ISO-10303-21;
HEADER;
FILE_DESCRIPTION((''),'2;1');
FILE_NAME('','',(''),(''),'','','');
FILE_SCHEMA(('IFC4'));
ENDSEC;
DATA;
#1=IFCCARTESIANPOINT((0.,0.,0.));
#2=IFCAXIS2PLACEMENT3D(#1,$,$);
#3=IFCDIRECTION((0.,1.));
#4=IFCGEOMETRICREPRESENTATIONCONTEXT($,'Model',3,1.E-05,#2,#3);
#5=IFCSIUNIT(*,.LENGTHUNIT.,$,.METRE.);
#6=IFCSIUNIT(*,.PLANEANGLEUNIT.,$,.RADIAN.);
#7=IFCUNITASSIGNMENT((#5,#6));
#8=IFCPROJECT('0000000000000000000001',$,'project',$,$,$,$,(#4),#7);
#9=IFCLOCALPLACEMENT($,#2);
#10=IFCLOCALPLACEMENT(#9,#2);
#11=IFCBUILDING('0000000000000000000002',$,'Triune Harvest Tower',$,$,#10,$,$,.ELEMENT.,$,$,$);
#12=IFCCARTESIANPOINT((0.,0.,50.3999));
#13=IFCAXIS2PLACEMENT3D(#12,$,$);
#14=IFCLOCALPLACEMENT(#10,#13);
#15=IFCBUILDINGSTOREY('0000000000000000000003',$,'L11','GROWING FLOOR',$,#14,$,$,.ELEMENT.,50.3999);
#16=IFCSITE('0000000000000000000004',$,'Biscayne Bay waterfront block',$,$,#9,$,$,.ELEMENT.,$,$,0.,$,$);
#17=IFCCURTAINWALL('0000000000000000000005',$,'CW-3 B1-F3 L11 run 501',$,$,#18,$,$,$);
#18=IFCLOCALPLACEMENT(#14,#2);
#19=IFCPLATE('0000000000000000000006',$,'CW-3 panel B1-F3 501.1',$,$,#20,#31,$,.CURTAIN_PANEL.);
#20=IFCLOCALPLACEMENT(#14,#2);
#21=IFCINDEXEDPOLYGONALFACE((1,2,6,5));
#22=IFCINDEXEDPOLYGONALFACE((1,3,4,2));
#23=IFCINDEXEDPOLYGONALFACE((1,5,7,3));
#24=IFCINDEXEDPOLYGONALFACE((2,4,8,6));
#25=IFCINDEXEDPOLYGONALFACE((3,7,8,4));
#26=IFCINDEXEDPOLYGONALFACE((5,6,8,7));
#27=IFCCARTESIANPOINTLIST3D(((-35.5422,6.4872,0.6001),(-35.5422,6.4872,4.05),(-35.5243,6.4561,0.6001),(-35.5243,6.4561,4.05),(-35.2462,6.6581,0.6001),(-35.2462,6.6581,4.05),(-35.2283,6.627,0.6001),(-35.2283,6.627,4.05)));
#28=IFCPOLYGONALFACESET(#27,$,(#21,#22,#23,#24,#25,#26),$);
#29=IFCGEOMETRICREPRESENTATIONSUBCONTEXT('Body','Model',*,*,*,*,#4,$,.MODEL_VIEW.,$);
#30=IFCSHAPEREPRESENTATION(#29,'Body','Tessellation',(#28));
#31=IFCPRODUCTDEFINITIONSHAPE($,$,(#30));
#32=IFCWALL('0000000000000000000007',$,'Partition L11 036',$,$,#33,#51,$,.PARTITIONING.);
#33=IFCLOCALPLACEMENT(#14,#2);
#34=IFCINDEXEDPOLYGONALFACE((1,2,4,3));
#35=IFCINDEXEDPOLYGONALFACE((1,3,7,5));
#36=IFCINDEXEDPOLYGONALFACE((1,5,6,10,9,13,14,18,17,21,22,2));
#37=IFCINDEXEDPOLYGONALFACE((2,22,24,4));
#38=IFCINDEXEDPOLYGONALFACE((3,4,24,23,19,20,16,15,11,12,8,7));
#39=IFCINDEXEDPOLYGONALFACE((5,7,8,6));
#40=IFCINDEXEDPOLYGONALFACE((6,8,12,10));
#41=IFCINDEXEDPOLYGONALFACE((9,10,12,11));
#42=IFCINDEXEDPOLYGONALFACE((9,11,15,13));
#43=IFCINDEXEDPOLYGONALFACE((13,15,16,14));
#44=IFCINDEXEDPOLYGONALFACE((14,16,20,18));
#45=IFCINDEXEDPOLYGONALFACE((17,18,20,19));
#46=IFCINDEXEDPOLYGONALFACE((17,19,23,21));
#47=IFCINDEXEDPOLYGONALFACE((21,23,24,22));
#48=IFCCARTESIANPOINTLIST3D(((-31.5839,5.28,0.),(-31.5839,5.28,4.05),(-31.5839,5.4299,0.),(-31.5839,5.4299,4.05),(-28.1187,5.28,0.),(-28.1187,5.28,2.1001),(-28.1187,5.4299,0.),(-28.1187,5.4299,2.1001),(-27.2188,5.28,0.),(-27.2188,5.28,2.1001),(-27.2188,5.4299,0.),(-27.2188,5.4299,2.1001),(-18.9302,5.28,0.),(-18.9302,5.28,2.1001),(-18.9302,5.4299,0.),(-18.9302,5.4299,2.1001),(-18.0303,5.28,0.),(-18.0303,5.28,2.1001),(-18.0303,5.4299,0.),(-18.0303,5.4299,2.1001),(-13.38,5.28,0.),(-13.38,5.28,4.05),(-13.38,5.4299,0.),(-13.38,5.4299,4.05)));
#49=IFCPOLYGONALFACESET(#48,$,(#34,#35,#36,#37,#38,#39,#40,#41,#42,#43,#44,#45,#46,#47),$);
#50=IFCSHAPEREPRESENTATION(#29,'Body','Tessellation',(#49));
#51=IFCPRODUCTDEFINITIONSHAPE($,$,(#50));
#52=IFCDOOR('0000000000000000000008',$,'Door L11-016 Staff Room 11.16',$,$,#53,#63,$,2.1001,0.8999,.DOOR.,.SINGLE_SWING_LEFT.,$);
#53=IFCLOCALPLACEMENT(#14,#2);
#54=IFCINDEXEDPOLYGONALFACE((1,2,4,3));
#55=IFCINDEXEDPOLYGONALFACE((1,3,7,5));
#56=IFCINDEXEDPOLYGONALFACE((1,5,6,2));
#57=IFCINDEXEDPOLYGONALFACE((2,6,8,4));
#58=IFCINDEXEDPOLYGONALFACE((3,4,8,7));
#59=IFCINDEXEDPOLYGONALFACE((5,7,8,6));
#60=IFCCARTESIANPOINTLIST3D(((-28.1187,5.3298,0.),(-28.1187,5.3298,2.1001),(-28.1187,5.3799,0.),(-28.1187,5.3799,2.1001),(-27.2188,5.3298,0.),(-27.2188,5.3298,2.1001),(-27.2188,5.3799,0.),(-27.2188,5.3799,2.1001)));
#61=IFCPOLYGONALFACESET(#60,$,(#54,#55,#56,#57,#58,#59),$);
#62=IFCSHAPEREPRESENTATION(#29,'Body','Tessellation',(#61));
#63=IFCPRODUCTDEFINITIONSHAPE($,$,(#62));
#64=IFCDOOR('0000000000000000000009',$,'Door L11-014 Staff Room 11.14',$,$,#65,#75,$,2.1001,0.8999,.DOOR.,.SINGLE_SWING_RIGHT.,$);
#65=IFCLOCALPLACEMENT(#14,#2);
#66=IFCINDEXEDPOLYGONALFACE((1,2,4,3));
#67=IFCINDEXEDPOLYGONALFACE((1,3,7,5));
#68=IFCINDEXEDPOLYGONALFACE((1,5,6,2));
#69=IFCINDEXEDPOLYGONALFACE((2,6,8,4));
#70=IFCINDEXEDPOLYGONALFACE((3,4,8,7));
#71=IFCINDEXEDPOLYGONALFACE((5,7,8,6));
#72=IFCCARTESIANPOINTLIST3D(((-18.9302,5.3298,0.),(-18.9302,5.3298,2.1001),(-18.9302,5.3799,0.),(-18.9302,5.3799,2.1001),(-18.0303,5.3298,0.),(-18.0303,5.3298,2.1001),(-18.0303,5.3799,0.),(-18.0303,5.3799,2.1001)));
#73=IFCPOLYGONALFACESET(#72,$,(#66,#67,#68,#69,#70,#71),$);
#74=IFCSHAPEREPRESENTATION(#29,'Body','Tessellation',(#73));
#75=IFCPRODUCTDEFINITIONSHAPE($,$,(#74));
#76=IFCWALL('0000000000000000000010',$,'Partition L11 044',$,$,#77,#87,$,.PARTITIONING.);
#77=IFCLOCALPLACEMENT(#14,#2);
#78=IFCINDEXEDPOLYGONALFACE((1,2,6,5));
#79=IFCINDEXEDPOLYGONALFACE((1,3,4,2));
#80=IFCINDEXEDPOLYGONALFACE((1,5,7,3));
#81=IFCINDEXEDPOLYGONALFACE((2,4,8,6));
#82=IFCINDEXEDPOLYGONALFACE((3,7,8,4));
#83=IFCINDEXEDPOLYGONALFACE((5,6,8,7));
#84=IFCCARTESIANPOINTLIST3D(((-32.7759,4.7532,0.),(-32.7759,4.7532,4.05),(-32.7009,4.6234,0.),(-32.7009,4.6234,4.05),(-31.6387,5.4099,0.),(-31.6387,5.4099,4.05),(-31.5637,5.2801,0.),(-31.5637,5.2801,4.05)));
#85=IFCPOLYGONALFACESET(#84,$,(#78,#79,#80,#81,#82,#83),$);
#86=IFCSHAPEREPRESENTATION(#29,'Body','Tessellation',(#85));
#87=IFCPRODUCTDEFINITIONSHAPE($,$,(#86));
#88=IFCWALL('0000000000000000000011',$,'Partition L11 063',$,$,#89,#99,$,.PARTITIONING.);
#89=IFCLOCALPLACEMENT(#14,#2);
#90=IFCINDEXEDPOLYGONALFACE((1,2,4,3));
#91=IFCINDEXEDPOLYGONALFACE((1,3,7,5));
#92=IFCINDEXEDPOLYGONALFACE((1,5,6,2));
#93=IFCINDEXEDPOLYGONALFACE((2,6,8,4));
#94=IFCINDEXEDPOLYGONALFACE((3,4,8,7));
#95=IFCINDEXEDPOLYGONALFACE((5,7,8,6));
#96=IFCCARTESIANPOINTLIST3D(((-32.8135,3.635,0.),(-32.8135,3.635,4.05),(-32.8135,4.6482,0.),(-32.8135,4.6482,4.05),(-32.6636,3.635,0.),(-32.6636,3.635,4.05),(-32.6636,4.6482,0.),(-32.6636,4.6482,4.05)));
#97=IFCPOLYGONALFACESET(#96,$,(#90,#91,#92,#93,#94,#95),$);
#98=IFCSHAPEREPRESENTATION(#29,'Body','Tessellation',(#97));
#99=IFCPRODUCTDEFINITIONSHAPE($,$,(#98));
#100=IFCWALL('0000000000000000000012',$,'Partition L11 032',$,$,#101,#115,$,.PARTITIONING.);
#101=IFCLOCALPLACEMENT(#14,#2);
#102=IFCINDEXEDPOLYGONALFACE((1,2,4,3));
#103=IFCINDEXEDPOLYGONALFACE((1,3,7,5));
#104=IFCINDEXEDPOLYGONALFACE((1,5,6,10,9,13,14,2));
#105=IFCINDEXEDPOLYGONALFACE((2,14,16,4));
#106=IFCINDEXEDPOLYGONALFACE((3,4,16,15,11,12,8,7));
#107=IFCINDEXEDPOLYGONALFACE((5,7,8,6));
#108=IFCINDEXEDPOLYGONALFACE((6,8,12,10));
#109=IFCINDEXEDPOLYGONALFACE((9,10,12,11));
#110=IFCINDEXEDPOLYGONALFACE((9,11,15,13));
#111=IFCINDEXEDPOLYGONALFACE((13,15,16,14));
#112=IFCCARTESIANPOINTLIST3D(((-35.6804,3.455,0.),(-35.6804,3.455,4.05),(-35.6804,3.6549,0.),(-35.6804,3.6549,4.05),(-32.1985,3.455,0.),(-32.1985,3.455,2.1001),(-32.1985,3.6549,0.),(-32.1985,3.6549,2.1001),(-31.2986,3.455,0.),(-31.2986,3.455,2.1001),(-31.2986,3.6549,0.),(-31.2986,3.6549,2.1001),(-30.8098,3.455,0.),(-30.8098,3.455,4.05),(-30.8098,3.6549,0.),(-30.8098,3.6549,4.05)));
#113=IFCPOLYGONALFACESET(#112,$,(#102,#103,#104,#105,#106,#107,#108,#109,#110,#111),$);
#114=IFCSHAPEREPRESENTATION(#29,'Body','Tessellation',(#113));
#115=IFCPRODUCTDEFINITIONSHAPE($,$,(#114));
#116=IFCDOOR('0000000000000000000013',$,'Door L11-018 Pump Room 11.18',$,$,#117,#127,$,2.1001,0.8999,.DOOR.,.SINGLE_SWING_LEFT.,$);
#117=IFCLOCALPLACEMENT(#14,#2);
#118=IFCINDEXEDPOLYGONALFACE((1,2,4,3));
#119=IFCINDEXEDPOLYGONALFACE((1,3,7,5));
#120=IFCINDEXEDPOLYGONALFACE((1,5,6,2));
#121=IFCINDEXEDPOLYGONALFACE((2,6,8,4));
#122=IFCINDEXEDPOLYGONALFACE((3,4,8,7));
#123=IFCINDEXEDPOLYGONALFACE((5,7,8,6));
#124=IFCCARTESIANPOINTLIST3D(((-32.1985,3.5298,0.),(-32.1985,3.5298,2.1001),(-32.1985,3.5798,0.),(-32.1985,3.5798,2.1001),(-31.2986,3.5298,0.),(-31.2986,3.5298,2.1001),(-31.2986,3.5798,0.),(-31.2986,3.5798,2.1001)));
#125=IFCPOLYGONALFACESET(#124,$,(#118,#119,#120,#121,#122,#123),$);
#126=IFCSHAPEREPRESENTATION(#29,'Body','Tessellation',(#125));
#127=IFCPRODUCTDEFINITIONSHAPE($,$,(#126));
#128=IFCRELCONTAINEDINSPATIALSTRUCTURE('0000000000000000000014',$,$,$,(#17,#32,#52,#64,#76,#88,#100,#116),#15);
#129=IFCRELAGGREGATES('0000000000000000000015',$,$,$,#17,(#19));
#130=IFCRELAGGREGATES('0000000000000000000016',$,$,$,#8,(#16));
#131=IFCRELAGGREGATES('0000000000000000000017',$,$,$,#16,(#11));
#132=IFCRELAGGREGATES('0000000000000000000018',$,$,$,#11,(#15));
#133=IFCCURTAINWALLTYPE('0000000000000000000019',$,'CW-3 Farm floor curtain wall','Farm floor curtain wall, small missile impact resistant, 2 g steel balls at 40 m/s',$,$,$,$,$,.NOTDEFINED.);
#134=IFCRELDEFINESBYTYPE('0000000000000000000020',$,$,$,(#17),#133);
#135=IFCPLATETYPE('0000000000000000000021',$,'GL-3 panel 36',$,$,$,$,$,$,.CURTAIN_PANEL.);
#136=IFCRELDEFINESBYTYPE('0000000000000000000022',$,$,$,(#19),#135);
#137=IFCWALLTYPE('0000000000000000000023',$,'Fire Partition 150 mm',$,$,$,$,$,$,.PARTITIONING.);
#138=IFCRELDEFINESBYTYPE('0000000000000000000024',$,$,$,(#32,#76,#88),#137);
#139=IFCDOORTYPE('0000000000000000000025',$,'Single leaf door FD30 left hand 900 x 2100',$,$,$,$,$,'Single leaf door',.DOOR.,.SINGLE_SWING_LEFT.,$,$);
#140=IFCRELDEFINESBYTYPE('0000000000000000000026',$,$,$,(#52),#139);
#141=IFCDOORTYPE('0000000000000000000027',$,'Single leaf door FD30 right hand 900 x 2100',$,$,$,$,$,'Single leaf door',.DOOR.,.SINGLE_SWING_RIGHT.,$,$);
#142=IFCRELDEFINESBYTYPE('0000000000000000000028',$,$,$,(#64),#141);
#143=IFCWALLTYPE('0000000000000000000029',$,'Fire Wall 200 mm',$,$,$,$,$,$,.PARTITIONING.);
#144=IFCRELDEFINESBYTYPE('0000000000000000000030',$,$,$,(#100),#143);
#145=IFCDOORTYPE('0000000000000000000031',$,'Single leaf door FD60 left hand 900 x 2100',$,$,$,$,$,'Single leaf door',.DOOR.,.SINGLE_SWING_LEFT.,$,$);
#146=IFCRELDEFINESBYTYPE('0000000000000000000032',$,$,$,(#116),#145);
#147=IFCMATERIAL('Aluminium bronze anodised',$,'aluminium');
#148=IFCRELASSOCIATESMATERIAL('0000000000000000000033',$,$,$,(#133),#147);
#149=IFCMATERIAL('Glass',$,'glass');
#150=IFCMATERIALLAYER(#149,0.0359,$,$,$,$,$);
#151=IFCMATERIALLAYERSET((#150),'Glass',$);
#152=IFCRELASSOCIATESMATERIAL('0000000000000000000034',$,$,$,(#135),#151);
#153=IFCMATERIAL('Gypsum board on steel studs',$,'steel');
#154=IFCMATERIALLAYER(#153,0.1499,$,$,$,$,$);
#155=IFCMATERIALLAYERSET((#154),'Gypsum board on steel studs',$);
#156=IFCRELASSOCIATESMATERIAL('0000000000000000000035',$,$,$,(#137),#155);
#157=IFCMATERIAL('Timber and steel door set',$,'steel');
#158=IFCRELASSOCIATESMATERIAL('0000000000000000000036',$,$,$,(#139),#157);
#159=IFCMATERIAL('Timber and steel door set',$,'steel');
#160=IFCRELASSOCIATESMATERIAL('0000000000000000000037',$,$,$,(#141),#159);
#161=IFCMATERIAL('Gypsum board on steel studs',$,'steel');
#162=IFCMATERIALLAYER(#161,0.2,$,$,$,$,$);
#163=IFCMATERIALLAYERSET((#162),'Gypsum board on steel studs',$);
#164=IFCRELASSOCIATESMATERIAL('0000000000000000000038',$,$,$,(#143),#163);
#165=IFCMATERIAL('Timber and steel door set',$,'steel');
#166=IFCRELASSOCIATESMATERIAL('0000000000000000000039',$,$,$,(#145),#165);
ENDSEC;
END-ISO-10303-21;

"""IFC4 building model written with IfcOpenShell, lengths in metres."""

from ifc_helpers import new_model, si_unit, direction, frame, frame_2d, origin, origin_2d, place, context, subcontext, project, spatial, rectangle, extrude, source, transform, mapped, material, layer, layer_set, type_object, element, fill, aggregate, save


model = new_model("IFC4")

# Units and contexts
model_context = context("Model", 3, precision=1e-05, world=origin(), true_north=direction((0.0, 1.0)))
body_context = subcontext(model_context, "Body", "Model", "MODEL_VIEW")
ifc_project = project(units=[si_unit("LENGTHUNIT", "METRE"), si_unit("PLANEANGLEUNIT", "RADIAN")], contexts=[model_context])

# Site, building, storey
site_placement = place(None, origin())
site = spatial("IfcSite", under=ifc_project, at=site_placement, Name="Biscayne Bay waterfront block", CompositionType="ELEMENT", RefElevation=0.0)
building_placement = place(site_placement, origin())
building = spatial("IfcBuilding", under=site, at=building_placement, Name="Triune Harvest Tower", CompositionType="ELEMENT")
storey_placement = place(building_placement, frame((0.0, 0.0, 50.3999)))
storey = spatial("IfcBuildingStorey", under=building, at=storey_placement, Name="L11", Description="GROWING FLOOR", CompositionType="ELEMENT", Elevation=50.3999)

# Shared definitions
ifc_material_1 = material(Name="Aluminium bronze anodised", Category="aluminium")
curtain_wall_type_1 = type_object("IfcCurtainWallType", Name="CW-3 Farm floor curtain wall", Description="Farm floor curtain wall, small missile impact resistant, 2 g steel balls at 40 m/s", PredefinedType="NOTDEFINED", material=ifc_material_1)

# Curtain wall
curtain_wall_1_placement = place(storey_placement, origin())
curtain_wall_1 = element("IfcCurtainWall", 1, at=curtain_wall_1_placement, inside=storey, type_object=curtain_wall_type_1, Name="CW-3 B1-F3 L11 run 501")

# Plate
ifc_material_2 = material(Name="Glass", Category="glass")
ifc_layer_1 = layer(ifc_material_2, 0.0359)
ifc_layer_set_1 = layer_set([ifc_layer_1], Name="Glass")
plate_type_1 = type_object("IfcPlateType", Name="GL-3 panel 36", PredefinedType="CURTAIN_PANEL", material=ifc_layer_set_1)
shared_shape_1 = source(origin(), body_context, "Body", "SweptSolid", [
    extrude(rectangle(XDim=0.3418, YDim=0.0359, at=origin_2d()), origin(), (0.0, 0.0, 1.0), 3.45),
])
plate_1_placement = place(storey_placement, frame((-35.3853, 6.5571, 0.6001), z_axis=(0.0, 0.0, 1.0), x_axis=(-0.86604, -0.499975, 0.0)))
plate_1 = element("IfcPlate", 2, at=plate_1_placement, type_object=plate_type_1, Name="CW-3 panel B1-F3 501.1", PredefinedType="CURTAIN_PANEL", context=body_context, shape_type="MappedRepresentation", body=[
    mapped(shared_shape_1, transform((0.0, 0.0, 0.0), scale=1.0)),
])
aggregate(curtain_wall_1, [plate_1])

# Wall, openings, doors
ifc_material_3 = material(Name="Gypsum board on steel studs", Category="steel")
ifc_layer_2 = layer(ifc_material_3, 0.1499)
ifc_layer_set_2 = layer_set([ifc_layer_2], Name="Gypsum board on steel studs")
wall_type_1 = type_object("IfcWallType", Name="Fire Partition 150 mm", PredefinedType="PARTITIONING", material=ifc_layer_set_2)
wall_1_placement = place(storey_placement, frame((-31.584, 5.355, 0.0), z_axis=(0.0, 0.0, 1.0), x_axis=(1.0, 0.0, 0.0)))
wall_1 = element("IfcWall", 3, at=wall_1_placement, inside=storey, type_object=wall_type_1, Name="Partition L11 036", PredefinedType="PARTITIONING", context=body_context, shape_type="SweptSolid", body=[
    extrude(rectangle(XDim=18.2039, YDim=0.1499, at=frame_2d((9.1021, 0.0))), origin(), (0.0, 0.0, 1.0), 4.05),
])
opening_1_placement = place(wall_1_placement, frame((12.6538, 0.0, 0.0)))
opening_1 = element("IfcOpeningElement", 4, at=opening_1_placement, cuts=wall_1, PredefinedType="OPENING", context=body_context, shape_type="SweptSolid", body=[
    extrude(rectangle(XDim=0.8999, YDim=2.1001, at=frame_2d((0.45, 1.05))), frame((0.0, 0.085, 0.0), z_axis=(0.0, -1.0, 0.0), x_axis=(1.0, 0.0, 0.0)), (0.0, 0.0, 1.0), 0.1699),
])
opening_2_placement = place(wall_1_placement, frame((3.4653, 0.0, 0.0)))
opening_2 = element("IfcOpeningElement", 5, at=opening_2_placement, cuts=wall_1, PredefinedType="OPENING", context=body_context, shape_type="SweptSolid", body=[
    extrude(rectangle(XDim=0.8999, YDim=2.1001, at=frame_2d((0.45, 1.05))), frame((0.0, 0.085, 0.0), z_axis=(0.0, -1.0, 0.0), x_axis=(1.0, 0.0, 0.0)), (0.0, 0.0, 1.0), 0.1699),
])
ifc_material_4 = material(Name="Timber and steel door set", Category="steel")
door_type_1 = type_object("IfcDoorType", Name="Single leaf door FD30 left hand 900 x 2100", ElementType="Single leaf door", OperationType="SINGLE_SWING_LEFT", PredefinedType="DOOR", material=ifc_material_4)
door_1_placement = place(opening_2_placement, origin())
door_1 = element("IfcDoor", 6, at=door_1_placement, inside=storey, type_object=door_type_1, Name="Door L11-016 Staff Room 11.16", OperationType="SINGLE_SWING_LEFT", OverallHeight=2.1001, OverallWidth=0.8999, PredefinedType="DOOR", context=body_context, shape_type="SweptSolid", body=[
    extrude(rectangle(XDim=0.8999, YDim=2.1001, at=frame_2d((0.45, 1.05))), frame((0.0, 0.0249, 0.0), z_axis=(0.0, -1.0, 0.0), x_axis=(1.0, 0.0, 0.0)), (0.0, 0.0, 1.0), 0.05),
])
fill(opening_2, door_1)
ifc_material_5 = material(Name="Timber and steel door set", Category="steel")
door_type_2 = type_object("IfcDoorType", Name="Single leaf door FD30 right hand 900 x 2100", ElementType="Single leaf door", OperationType="SINGLE_SWING_RIGHT", PredefinedType="DOOR", material=ifc_material_5)
door_2_placement = place(opening_1_placement, origin())
door_2 = element("IfcDoor", 7, at=door_2_placement, inside=storey, type_object=door_type_2, Name="Door L11-014 Staff Room 11.14", OperationType="SINGLE_SWING_RIGHT", OverallHeight=2.1001, OverallWidth=0.8999, PredefinedType="DOOR", context=body_context, shape_type="SweptSolid", body=[
    extrude(rectangle(XDim=0.8999, YDim=2.1001, at=frame_2d((0.45, 1.05))), frame((0.0, 0.0249, 0.0), z_axis=(0.0, -1.0, 0.0), x_axis=(1.0, 0.0, 0.0)), (0.0, 0.0, 1.0), 0.05),
])
fill(opening_1, door_2)

# Walls
wall_2_placement = place(storey_placement, frame((-32.7385, 4.6882, 0.0), z_axis=(0.0, 0.0, 1.0), x_axis=(0.865969, 0.500098, 0.0)))
element("IfcWall", 8, at=wall_2_placement, inside=storey, type_object=wall_type_1, Name="Partition L11 044", PredefinedType="PARTITIONING", context=body_context, shape_type="SweptSolid", body=[
    extrude(rectangle(XDim=1.3132, YDim=0.1499, at=frame_2d((0.6567, 0.0))), origin(), (0.0, 0.0, 1.0), 4.05),
])
wall_3_placement = place(storey_placement, frame((-32.7385, 3.635, 0.0), z_axis=(0.0, 0.0, 1.0), x_axis=(0.0, 1.0, 0.0)))
element("IfcWall", 9, at=wall_3_placement, inside=storey, type_object=wall_type_1, Name="Partition L11 063", PredefinedType="PARTITIONING", context=body_context, shape_type="SweptSolid", body=[
    extrude(rectangle(XDim=1.0132, YDim=0.1499, at=frame_2d((0.5066, 0.0))), origin(), (0.0, 0.0, 1.0), 4.05),
])

# Wall, opening, door
ifc_material_6 = material(Name="Gypsum board on steel studs", Category="steel")
ifc_layer_3 = layer(ifc_material_6, 0.2)
ifc_layer_set_3 = layer_set([ifc_layer_3], Name="Gypsum board on steel studs")
wall_type_2 = type_object("IfcWallType", Name="Fire Wall 200 mm", PredefinedType="PARTITIONING", material=ifc_layer_set_3)
wall_4_placement = place(storey_placement, frame((-35.6804, 3.5549, 0.0), z_axis=(0.0, 0.0, 1.0), x_axis=(1.0, 0.0, 0.0)))
wall_4 = element("IfcWall", 10, at=wall_4_placement, inside=storey, type_object=wall_type_2, Name="Partition L11 032", PredefinedType="PARTITIONING", context=body_context, shape_type="SweptSolid", body=[
    extrude(rectangle(XDim=4.8706, YDim=0.2, at=frame_2d((2.4353, 0.0))), origin(), (0.0, 0.0, 1.0), 4.05),
])
opening_3_placement = place(wall_4_placement, frame((3.4819, 0.0, 0.0)))
opening_3 = element("IfcOpeningElement", 11, at=opening_3_placement, cuts=wall_4, PredefinedType="OPENING", context=body_context, shape_type="SweptSolid", body=[
    extrude(rectangle(XDim=0.8999, YDim=2.1001, at=frame_2d((0.45, 1.05))), frame((0.0, 0.1099, 0.0), z_axis=(0.0, -1.0, 0.0), x_axis=(1.0, 0.0, 0.0)), (0.0, 0.0, 1.0), 0.22),
])
ifc_material_7 = material(Name="Timber and steel door set", Category="steel")
door_type_3 = type_object("IfcDoorType", Name="Single leaf door FD60 left hand 900 x 2100", ElementType="Single leaf door", OperationType="SINGLE_SWING_LEFT", PredefinedType="DOOR", material=ifc_material_7)
door_3_placement = place(opening_3_placement, origin())
door_3 = element("IfcDoor", 12, at=door_3_placement, inside=storey, type_object=door_type_3, Name="Door L11-018 Pump Room 11.18", OperationType="SINGLE_SWING_LEFT", OverallHeight=2.1001, OverallWidth=0.8999, PredefinedType="DOOR", context=body_context, shape_type="SweptSolid", body=[
    extrude(rectangle(XDim=0.8999, YDim=2.1001, at=frame_2d((0.45, 1.05))), frame((0.0, 0.0249, 0.0), z_axis=(0.0, -1.0, 0.0), x_axis=(1.0, 0.0, 0.0)), (0.0, 0.0, 1.0), 0.05),
])
fill(opening_3, door_3)

save(model, "model.ifc")
